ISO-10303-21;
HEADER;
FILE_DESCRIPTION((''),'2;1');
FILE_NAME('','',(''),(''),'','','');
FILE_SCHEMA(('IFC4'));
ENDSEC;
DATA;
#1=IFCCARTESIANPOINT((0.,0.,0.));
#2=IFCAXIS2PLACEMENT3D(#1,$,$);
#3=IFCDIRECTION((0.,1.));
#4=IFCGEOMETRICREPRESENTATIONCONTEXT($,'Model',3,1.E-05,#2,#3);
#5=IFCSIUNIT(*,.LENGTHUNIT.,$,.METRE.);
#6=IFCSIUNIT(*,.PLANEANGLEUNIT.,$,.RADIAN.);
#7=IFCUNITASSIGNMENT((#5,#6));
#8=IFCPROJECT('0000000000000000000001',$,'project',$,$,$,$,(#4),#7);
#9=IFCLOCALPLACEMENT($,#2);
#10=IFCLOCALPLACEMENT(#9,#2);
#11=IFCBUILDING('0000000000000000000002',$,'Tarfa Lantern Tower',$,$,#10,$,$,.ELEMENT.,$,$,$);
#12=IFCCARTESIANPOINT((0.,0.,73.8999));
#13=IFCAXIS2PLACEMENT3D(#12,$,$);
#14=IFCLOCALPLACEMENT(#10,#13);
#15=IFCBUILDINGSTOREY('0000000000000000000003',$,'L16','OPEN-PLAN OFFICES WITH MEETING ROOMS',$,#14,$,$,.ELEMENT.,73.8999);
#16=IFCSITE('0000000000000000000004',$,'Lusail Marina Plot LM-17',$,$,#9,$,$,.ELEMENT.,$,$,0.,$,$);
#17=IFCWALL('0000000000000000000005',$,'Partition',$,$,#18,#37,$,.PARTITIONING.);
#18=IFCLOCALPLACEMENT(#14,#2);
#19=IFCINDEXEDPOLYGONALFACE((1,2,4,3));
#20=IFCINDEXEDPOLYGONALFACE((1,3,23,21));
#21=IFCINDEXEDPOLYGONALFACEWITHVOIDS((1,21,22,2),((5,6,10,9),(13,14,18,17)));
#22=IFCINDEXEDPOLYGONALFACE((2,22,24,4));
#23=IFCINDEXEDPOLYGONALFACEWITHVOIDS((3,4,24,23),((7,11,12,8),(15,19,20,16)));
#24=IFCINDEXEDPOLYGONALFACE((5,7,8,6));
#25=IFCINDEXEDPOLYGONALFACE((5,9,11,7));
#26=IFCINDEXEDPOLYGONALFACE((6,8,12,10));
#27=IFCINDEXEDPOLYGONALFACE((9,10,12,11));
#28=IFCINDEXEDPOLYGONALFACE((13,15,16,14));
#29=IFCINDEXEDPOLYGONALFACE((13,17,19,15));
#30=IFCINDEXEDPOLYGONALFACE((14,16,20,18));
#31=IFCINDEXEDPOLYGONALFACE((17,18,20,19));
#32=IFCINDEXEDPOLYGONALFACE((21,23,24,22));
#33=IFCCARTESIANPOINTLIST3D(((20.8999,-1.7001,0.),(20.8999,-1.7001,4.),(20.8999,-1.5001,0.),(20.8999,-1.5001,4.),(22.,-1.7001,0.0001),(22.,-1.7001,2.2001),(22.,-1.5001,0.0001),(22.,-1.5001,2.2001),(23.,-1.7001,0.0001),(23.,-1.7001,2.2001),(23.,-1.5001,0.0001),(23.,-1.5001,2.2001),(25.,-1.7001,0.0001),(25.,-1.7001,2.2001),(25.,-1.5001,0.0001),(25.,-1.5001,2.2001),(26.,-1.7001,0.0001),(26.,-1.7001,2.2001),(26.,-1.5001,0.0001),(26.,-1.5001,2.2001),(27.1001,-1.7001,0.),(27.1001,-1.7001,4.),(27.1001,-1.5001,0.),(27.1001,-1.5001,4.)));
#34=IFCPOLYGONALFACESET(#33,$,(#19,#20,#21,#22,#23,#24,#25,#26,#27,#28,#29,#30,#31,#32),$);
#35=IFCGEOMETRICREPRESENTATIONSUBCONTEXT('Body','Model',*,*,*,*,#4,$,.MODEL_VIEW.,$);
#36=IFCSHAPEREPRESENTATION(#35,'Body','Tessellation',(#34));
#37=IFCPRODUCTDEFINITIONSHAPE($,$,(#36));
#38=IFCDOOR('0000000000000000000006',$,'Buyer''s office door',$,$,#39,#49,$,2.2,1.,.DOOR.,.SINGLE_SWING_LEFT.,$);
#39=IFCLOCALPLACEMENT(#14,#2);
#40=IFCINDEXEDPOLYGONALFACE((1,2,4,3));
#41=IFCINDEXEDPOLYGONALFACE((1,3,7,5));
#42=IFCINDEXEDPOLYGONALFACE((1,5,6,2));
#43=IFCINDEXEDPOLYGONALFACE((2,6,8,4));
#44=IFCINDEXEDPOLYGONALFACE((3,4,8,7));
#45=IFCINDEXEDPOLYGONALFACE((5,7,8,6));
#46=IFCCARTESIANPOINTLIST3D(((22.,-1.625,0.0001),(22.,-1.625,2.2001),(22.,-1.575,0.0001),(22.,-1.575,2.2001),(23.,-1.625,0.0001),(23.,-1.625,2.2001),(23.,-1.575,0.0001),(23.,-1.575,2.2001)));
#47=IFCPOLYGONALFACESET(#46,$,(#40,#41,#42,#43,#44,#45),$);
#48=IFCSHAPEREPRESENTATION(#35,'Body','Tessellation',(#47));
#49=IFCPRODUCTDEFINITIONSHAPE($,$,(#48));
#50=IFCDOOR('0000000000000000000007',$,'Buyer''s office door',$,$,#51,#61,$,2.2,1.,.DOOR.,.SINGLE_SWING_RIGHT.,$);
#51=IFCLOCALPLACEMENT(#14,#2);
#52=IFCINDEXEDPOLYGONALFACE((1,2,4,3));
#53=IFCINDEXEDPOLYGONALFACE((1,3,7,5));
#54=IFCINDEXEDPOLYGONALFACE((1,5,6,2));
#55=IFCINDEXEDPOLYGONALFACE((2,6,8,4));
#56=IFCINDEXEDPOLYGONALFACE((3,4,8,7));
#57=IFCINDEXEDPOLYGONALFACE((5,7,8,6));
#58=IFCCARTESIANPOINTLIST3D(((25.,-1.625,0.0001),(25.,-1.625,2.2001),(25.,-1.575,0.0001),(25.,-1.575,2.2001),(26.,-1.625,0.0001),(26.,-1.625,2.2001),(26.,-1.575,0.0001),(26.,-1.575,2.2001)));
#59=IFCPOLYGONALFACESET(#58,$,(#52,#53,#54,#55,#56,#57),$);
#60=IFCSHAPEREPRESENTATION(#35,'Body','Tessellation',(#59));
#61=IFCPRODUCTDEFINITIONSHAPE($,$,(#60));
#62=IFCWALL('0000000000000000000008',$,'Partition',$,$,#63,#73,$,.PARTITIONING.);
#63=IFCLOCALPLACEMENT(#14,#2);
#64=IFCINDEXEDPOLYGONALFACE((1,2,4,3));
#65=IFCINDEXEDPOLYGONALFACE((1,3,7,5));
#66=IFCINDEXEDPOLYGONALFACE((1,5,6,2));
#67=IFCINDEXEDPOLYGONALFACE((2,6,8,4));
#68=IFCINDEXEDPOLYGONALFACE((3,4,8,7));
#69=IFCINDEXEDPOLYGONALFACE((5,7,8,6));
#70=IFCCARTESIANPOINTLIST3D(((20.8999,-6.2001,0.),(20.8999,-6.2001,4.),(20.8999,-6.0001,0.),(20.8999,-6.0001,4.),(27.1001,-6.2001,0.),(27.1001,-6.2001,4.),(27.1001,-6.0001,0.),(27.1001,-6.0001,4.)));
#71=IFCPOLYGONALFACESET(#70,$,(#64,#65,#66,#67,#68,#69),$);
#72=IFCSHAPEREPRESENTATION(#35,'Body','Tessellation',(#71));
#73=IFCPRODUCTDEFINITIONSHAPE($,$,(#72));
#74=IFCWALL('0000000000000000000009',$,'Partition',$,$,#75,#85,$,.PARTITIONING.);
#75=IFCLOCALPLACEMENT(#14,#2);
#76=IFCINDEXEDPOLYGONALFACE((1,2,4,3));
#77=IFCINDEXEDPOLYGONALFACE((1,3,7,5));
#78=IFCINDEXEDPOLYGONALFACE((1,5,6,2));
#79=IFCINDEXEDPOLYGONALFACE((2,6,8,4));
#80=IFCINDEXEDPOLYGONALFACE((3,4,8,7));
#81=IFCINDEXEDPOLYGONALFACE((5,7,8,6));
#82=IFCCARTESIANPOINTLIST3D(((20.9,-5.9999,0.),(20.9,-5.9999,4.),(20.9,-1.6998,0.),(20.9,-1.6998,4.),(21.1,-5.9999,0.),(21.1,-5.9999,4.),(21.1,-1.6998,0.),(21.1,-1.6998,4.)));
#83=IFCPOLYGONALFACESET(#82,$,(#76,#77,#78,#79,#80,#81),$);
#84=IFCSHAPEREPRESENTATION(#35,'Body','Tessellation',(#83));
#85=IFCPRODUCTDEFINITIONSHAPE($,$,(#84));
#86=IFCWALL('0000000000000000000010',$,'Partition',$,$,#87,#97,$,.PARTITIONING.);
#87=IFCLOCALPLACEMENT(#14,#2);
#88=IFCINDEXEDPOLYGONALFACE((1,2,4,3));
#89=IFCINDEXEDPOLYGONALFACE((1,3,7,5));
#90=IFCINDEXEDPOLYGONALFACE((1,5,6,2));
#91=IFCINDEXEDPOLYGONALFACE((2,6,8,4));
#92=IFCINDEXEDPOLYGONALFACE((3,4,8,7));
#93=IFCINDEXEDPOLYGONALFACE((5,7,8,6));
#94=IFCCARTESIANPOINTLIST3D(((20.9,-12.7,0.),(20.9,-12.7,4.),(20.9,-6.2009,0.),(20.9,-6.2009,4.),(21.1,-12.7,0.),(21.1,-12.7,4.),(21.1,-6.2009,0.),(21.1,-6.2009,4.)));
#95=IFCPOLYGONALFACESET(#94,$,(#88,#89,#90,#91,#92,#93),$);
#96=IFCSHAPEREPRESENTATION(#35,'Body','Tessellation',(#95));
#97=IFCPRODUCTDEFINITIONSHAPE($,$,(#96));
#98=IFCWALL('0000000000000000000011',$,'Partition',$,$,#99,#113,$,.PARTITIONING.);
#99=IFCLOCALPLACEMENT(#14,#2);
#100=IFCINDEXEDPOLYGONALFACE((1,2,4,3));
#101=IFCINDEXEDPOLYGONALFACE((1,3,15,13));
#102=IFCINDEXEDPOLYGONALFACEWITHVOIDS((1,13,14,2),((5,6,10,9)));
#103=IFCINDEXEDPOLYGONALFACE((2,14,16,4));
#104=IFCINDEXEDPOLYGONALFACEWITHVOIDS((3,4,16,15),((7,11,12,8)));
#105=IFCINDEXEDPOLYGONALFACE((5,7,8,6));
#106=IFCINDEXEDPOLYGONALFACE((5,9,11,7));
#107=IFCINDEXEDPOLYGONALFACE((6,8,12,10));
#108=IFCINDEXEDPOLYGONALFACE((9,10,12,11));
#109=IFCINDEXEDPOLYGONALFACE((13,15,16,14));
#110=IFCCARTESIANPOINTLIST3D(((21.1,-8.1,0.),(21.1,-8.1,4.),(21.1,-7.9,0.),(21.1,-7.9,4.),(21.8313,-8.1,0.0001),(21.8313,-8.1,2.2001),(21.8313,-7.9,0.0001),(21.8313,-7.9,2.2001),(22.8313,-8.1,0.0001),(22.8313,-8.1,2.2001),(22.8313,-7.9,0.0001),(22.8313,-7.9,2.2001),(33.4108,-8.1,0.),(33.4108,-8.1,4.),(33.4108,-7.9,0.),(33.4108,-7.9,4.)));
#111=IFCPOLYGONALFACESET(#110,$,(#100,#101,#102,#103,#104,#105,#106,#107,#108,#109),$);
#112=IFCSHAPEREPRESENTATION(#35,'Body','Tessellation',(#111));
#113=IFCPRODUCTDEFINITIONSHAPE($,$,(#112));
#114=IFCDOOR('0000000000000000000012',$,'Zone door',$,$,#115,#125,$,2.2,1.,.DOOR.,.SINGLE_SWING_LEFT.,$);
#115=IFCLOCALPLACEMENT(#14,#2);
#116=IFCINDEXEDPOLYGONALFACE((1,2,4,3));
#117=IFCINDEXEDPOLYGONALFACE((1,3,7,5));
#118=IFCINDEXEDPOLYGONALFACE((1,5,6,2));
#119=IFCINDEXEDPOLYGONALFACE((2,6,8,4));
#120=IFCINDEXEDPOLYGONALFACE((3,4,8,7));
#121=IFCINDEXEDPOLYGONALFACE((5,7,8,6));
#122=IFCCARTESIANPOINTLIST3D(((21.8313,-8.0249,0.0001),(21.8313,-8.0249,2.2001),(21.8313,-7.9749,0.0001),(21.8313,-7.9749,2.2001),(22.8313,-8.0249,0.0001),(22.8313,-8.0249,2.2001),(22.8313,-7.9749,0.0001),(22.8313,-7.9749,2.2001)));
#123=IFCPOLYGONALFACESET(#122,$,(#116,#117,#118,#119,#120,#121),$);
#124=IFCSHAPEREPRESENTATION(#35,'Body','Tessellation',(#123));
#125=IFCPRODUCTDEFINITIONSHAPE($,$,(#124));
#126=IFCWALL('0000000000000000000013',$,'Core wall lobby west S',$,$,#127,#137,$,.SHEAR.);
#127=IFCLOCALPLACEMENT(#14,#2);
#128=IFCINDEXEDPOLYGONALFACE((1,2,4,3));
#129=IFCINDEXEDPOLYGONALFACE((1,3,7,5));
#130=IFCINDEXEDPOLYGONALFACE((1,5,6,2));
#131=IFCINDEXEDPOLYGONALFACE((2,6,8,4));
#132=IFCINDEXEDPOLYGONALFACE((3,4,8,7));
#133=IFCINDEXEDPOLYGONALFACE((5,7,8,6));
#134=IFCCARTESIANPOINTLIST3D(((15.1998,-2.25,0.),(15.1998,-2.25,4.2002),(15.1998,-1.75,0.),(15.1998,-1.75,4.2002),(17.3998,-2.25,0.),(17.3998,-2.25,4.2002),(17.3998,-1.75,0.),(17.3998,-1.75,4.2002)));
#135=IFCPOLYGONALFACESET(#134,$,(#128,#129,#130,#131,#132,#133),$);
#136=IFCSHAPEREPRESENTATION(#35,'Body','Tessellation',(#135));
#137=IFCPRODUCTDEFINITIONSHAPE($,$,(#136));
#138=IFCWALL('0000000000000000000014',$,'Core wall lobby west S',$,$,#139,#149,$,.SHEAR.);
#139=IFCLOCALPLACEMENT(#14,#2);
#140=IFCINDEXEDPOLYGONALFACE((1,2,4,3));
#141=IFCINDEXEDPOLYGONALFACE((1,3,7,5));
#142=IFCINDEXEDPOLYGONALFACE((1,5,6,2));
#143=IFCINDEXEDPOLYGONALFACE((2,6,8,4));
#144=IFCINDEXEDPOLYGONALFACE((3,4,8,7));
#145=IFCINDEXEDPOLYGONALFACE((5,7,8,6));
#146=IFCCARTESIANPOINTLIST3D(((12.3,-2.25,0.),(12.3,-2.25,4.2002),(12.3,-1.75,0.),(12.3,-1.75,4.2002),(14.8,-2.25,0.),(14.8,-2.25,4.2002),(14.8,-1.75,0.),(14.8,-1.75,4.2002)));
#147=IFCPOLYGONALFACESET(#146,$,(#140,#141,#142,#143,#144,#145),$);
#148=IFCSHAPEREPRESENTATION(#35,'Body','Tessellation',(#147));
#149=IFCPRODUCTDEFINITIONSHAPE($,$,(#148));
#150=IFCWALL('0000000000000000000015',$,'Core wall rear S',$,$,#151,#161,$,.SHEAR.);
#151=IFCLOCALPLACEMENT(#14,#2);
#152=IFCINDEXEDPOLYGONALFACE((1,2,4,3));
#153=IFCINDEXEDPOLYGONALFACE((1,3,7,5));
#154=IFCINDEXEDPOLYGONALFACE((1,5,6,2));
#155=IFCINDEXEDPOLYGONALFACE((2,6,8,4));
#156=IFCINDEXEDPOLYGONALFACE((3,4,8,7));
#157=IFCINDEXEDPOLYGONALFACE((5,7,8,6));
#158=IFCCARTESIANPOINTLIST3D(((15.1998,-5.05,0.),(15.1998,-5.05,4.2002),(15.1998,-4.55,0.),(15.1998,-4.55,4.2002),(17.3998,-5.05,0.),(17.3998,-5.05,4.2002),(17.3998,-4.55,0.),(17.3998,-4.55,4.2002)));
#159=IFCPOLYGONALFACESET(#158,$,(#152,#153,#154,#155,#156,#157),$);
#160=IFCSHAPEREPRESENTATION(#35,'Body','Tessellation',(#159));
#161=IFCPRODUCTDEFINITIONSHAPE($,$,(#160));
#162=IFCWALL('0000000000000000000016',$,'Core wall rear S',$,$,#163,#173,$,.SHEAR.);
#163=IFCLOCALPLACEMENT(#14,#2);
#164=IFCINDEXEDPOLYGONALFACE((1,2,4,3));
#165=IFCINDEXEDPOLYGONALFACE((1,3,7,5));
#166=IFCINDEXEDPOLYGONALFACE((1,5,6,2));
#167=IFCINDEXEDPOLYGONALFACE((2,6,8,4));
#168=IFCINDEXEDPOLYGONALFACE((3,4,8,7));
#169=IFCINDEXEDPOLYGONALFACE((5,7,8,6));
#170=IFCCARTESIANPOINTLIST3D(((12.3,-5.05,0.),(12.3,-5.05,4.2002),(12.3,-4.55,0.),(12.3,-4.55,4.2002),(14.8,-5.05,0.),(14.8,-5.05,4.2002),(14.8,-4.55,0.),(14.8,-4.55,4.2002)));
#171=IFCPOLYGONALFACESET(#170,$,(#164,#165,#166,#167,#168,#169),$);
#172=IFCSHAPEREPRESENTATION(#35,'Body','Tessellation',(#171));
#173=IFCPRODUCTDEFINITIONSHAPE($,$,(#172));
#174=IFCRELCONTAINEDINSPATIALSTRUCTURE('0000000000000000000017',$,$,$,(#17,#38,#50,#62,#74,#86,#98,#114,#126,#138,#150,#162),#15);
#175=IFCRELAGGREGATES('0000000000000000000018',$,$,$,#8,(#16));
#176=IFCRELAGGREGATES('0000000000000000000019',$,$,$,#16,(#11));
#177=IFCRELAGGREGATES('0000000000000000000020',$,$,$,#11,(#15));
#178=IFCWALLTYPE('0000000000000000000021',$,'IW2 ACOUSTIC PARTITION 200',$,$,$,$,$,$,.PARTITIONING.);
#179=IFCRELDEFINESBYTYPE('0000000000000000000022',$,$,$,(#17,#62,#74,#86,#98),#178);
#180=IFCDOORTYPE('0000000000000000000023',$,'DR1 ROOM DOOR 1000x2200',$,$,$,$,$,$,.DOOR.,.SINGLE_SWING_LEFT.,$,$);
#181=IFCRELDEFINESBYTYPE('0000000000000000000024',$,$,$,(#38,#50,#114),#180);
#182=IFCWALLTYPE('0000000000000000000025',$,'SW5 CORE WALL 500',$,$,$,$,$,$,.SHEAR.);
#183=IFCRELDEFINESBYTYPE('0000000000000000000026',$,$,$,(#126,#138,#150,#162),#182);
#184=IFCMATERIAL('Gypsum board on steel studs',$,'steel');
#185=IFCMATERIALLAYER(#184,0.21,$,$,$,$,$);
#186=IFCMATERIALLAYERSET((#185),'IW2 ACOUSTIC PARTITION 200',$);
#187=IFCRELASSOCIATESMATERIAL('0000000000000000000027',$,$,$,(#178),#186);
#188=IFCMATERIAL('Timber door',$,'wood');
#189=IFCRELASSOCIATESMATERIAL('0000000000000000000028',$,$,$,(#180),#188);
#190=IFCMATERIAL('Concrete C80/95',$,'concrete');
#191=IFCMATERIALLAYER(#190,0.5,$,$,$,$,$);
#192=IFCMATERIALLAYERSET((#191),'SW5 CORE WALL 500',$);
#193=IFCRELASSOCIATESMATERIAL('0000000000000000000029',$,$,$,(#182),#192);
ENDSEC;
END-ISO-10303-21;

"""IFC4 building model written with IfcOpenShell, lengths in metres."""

from ifc_helpers import new_model, si_unit, direction, frame, frame_2d, origin, place, context, subcontext, project, spatial, rectangle, extrude, material, layer, layer_set, type_object, element, fill, save


model = new_model("IFC4")

# Units and contexts
model_context = context("Model", 3, precision=1e-05, world=origin(), true_north=direction((0.0, 1.0)))
body_context = subcontext(model_context, "Body", "Model", "MODEL_VIEW")
ifc_project = project(units=[si_unit("LENGTHUNIT", "METRE"), si_unit("PLANEANGLEUNIT", "RADIAN")], contexts=[model_context])

# Site, building, storey
site_placement = place(None, origin())
site = spatial("IfcSite", under=ifc_project, at=site_placement, Name="Lusail Marina Plot LM-17", CompositionType="ELEMENT", RefElevation=0.0)
building_placement = place(site_placement, origin())
building = spatial("IfcBuilding", under=site, at=building_placement, Name="Tarfa Lantern Tower", CompositionType="ELEMENT")
storey_placement = place(building_placement, frame((0.0, 0.0, 73.8999)))
storey = spatial("IfcBuildingStorey", under=building, at=storey_placement, Name="L16", Description="OPEN-PLAN OFFICES WITH MEETING ROOMS", CompositionType="ELEMENT", Elevation=73.8999)

# Wall, openings, doors
ifc_material_1 = material(Name="Gypsum board on steel studs", Category="steel")
ifc_layer_1 = layer(ifc_material_1, 0.21)
ifc_layer_set_1 = layer_set([ifc_layer_1], Name="IW2 ACOUSTIC PARTITION 200")
wall_type_1 = type_object("IfcWallType", Name="IW2 ACOUSTIC PARTITION 200", PredefinedType="PARTITIONING", material=ifc_layer_set_1)
wall_1_placement = place(storey_placement, frame((20.8999, -1.6001, 0.0), z_axis=(0.0, 0.0, 1.0), x_axis=(1.0, 0.0, 0.0)))
wall_1 = element("IfcWall", 1, at=wall_1_placement, inside=storey, type_object=wall_type_1, Name="Partition", PredefinedType="PARTITIONING", context=body_context, shape_type="SweptSolid", body=[
    extrude(rectangle(XDim=6.2002, YDim=0.2, at=frame_2d((3.1001, 0.0))), origin(), (0.0, 0.0, 1.0), 4.0),
])
opening_1_placement = place(wall_1_placement, frame((1.1001, 0.0, 0.0)))
opening_1 = element("IfcOpeningElement", 2, at=opening_1_placement, cuts=wall_1, PredefinedType="OPENING", context=body_context, shape_type="SweptSolid", body=[
    extrude(rectangle(XDim=1.0, YDim=2.2, at=frame_2d((0.5, 1.1001))), frame((0.0, 0.1099, 0.0), z_axis=(0.0, -1.0, 0.0), x_axis=(1.0, 0.0, 0.0)), (0.0, 0.0, 1.0), 0.22),
])
opening_2_placement = place(wall_1_placement, frame((4.1001, 0.0, 0.0)))
opening_2 = element("IfcOpeningElement", 3, at=opening_2_placement, cuts=wall_1, PredefinedType="OPENING", context=body_context, shape_type="SweptSolid", body=[
    extrude(rectangle(XDim=1.0, YDim=2.2, at=frame_2d((0.5, 1.1001))), frame((0.0, 0.1099, 0.0), z_axis=(0.0, -1.0, 0.0), x_axis=(1.0, 0.0, 0.0)), (0.0, 0.0, 1.0), 0.22),
])
ifc_material_2 = material(Name="Timber door", Category="wood")
door_type_1 = type_object("IfcDoorType", Name="DR1 ROOM DOOR 1000x2200", OperationType="SINGLE_SWING_LEFT", PredefinedType="DOOR", material=ifc_material_2)
door_1_placement = place(opening_1_placement, frame((1.0, 0.0, 0.0), z_axis=(0.0, 0.0, 1.0), x_axis=(-1.0, 0.0, 0.0)))
door_1 = element("IfcDoor", 4, at=door_1_placement, inside=storey, type_object=door_type_1, Name="Buyer's office door", OperationType="SINGLE_SWING_LEFT", OverallHeight=2.2, OverallWidth=1.0, PredefinedType="DOOR", context=body_context, shape_type="SweptSolid", body=[
    extrude(rectangle(XDim=1.0, YDim=2.2, at=frame_2d((0.5, 1.1001))), frame((0.0, 0.0249, 0.0), z_axis=(0.0, -1.0, 0.0), x_axis=(1.0, 0.0, 0.0)), (0.0, 0.0, 1.0), 0.05),
])
fill(opening_1, door_1)
door_2_placement = place(opening_2_placement, frame((1.0, 0.0, 0.0), z_axis=(0.0, 0.0, 1.0), x_axis=(-1.0, 0.0, 0.0)))
door_2 = element("IfcDoor", 5, at=door_2_placement, inside=storey, type_object=door_type_1, Name="Buyer's office door", OperationType="SINGLE_SWING_RIGHT", OverallHeight=2.2, OverallWidth=1.0, PredefinedType="DOOR", context=body_context, shape_type="SweptSolid", body=[
    extrude(rectangle(XDim=1.0, YDim=2.2, at=frame_2d((0.5, 1.1001))), frame((0.0, 0.0249, 0.0), z_axis=(0.0, -1.0, 0.0), x_axis=(1.0, 0.0, 0.0)), (0.0, 0.0, 1.0), 0.05),
])
fill(opening_2, door_2)

# Walls
wall_2_placement = place(storey_placement, frame((20.8999, -6.1001, 0.0), z_axis=(0.0, 0.0, 1.0), x_axis=(1.0, 0.0, 0.0)))
element("IfcWall", 6, at=wall_2_placement, inside=storey, type_object=wall_type_1, Name="Partition", PredefinedType="PARTITIONING", context=body_context, shape_type="SweptSolid", body=[
    extrude(rectangle(XDim=6.2002, YDim=0.2, at=frame_2d((3.1001, 0.0))), origin(), (0.0, 0.0, 1.0), 4.0),
])
wall_3_placement = place(storey_placement, frame((21.0, -1.7, 0.0), z_axis=(0.0, 0.0, 1.0), x_axis=(0.0, -1.0, 0.0)))
element("IfcWall", 7, at=wall_3_placement, inside=storey, type_object=wall_type_1, Name="Partition", PredefinedType="PARTITIONING", context=body_context, shape_type="SweptSolid", body=[
    extrude(rectangle(XDim=4.3, YDim=0.2, at=frame_2d((2.1499, 0.0))), origin(), (0.0, 0.0, 1.0), 4.0),
])
wall_4_placement = place(storey_placement, frame((21.0, -6.2009, 0.0), z_axis=(0.0, 0.0, 1.0), x_axis=(0.0, -1.0, 0.0)))
element("IfcWall", 8, at=wall_4_placement, inside=storey, type_object=wall_type_1, Name="Partition", PredefinedType="PARTITIONING", context=body_context, shape_type="SweptSolid", body=[
    extrude(rectangle(XDim=6.499, YDim=0.2, at=frame_2d((3.2495, 0.0))), origin(), (0.0, 0.0, 1.0), 4.0),
])

# Wall, opening, door
wall_5_placement = place(storey_placement, frame((21.1001, -8.0, 0.0), z_axis=(0.0, 0.0, 1.0), x_axis=(1.0, 0.0, 0.0)))
wall_5 = element("IfcWall", 9, at=wall_5_placement, inside=storey, type_object=wall_type_1, Name="Partition", PredefinedType="PARTITIONING", context=body_context, shape_type="SweptSolid", body=[
    extrude(rectangle(XDim=12.3108, YDim=0.2, at=frame_2d((6.1553, 0.0))), origin(), (0.0, 0.0, 1.0), 4.0),
])
opening_3_placement = place(wall_5_placement, frame((0.7312, 0.0, 0.0)))
opening_3 = element("IfcOpeningElement", 10, at=opening_3_placement, cuts=wall_5, PredefinedType="OPENING", context=body_context, shape_type="SweptSolid", body=[
    extrude(rectangle(XDim=1.0, YDim=2.2, at=frame_2d((0.5, 1.1001))), frame((0.0, 0.1099, 0.0), z_axis=(0.0, -1.0, 0.0), x_axis=(1.0, 0.0, 0.0)), (0.0, 0.0, 1.0), 0.22),
])
door_3_placement = place(opening_3_placement, frame((1.0, 0.0, 0.0), z_axis=(0.0, 0.0, 1.0), x_axis=(-1.0, 0.0, 0.0)))
door_3 = element("IfcDoor", 11, at=door_3_placement, inside=storey, type_object=door_type_1, Name="Zone door", OperationType="SINGLE_SWING_LEFT", OverallHeight=2.2, OverallWidth=1.0, PredefinedType="DOOR", context=body_context, shape_type="SweptSolid", body=[
    extrude(rectangle(XDim=1.0, YDim=2.2, at=frame_2d((0.5, 1.1001))), frame((0.0, 0.0249, 0.0), z_axis=(0.0, -1.0, 0.0), x_axis=(1.0, 0.0, 0.0)), (0.0, 0.0, 1.0), 0.05),
])
fill(opening_3, door_3)
ifc_material_3 = material(Name="Concrete C80/95", Category="concrete")

# Walls
ifc_layer_2 = layer(ifc_material_3, 0.5)
ifc_layer_set_2 = layer_set([ifc_layer_2], Name="SW5 CORE WALL 500")
wall_type_2 = type_object("IfcWallType", Name="SW5 CORE WALL 500", PredefinedType="SHEAR", material=ifc_layer_set_2)
wall_6_placement = place(storey_placement, frame((17.3999, -2.0, 0.0), z_axis=(0.0, 0.0, 1.0), x_axis=(-1.0, 0.0, 0.0)))
element("IfcWall", 12, at=wall_6_placement, inside=storey, type_object=wall_type_2, Name="Core wall lobby west S", PredefinedType="SHEAR", context=body_context, shape_type="SweptSolid", body=[
    extrude(rectangle(XDim=2.2, YDim=0.5, at=frame_2d((1.1001, 0.0))), origin(), (0.0, 0.0, 1.0), 4.2002),
])
wall_7_placement = place(storey_placement, frame((14.8, -2.0, 0.0), z_axis=(0.0, 0.0, 1.0), x_axis=(-1.0, 0.0, 0.0)))
element("IfcWall", 13, at=wall_7_placement, inside=storey, type_object=wall_type_2, Name="Core wall lobby west S", PredefinedType="SHEAR", context=body_context, shape_type="SweptSolid", body=[
    extrude(rectangle(XDim=2.5, YDim=0.5, at=frame_2d((1.25, 0.0))), origin(), (0.0, 0.0, 1.0), 4.2002),
])
wall_8_placement = place(storey_placement, frame((17.3999, -4.8, 0.0), z_axis=(0.0, 0.0, 1.0), x_axis=(-1.0, 0.0, 0.0)))
element("IfcWall", 14, at=wall_8_placement, inside=storey, type_object=wall_type_2, Name="Core wall rear S", PredefinedType="SHEAR", context=body_context, shape_type="SweptSolid", body=[
    extrude(rectangle(XDim=2.2, YDim=0.5, at=frame_2d((1.1001, 0.0))), origin(), (0.0, 0.0, 1.0), 4.2002),
])
wall_9_placement = place(storey_placement, frame((14.8, -4.8, 0.0), z_axis=(0.0, 0.0, 1.0), x_axis=(-1.0, 0.0, 0.0)))
element("IfcWall", 15, at=wall_9_placement, inside=storey, type_object=wall_type_2, Name="Core wall rear S", PredefinedType="SHEAR", context=body_context, shape_type="SweptSolid", body=[
    extrude(rectangle(XDim=2.5, YDim=0.5, at=frame_2d((1.25, 0.0))), origin(), (0.0, 0.0, 1.0), 4.2002),
])

save(model, "model.ifc")
